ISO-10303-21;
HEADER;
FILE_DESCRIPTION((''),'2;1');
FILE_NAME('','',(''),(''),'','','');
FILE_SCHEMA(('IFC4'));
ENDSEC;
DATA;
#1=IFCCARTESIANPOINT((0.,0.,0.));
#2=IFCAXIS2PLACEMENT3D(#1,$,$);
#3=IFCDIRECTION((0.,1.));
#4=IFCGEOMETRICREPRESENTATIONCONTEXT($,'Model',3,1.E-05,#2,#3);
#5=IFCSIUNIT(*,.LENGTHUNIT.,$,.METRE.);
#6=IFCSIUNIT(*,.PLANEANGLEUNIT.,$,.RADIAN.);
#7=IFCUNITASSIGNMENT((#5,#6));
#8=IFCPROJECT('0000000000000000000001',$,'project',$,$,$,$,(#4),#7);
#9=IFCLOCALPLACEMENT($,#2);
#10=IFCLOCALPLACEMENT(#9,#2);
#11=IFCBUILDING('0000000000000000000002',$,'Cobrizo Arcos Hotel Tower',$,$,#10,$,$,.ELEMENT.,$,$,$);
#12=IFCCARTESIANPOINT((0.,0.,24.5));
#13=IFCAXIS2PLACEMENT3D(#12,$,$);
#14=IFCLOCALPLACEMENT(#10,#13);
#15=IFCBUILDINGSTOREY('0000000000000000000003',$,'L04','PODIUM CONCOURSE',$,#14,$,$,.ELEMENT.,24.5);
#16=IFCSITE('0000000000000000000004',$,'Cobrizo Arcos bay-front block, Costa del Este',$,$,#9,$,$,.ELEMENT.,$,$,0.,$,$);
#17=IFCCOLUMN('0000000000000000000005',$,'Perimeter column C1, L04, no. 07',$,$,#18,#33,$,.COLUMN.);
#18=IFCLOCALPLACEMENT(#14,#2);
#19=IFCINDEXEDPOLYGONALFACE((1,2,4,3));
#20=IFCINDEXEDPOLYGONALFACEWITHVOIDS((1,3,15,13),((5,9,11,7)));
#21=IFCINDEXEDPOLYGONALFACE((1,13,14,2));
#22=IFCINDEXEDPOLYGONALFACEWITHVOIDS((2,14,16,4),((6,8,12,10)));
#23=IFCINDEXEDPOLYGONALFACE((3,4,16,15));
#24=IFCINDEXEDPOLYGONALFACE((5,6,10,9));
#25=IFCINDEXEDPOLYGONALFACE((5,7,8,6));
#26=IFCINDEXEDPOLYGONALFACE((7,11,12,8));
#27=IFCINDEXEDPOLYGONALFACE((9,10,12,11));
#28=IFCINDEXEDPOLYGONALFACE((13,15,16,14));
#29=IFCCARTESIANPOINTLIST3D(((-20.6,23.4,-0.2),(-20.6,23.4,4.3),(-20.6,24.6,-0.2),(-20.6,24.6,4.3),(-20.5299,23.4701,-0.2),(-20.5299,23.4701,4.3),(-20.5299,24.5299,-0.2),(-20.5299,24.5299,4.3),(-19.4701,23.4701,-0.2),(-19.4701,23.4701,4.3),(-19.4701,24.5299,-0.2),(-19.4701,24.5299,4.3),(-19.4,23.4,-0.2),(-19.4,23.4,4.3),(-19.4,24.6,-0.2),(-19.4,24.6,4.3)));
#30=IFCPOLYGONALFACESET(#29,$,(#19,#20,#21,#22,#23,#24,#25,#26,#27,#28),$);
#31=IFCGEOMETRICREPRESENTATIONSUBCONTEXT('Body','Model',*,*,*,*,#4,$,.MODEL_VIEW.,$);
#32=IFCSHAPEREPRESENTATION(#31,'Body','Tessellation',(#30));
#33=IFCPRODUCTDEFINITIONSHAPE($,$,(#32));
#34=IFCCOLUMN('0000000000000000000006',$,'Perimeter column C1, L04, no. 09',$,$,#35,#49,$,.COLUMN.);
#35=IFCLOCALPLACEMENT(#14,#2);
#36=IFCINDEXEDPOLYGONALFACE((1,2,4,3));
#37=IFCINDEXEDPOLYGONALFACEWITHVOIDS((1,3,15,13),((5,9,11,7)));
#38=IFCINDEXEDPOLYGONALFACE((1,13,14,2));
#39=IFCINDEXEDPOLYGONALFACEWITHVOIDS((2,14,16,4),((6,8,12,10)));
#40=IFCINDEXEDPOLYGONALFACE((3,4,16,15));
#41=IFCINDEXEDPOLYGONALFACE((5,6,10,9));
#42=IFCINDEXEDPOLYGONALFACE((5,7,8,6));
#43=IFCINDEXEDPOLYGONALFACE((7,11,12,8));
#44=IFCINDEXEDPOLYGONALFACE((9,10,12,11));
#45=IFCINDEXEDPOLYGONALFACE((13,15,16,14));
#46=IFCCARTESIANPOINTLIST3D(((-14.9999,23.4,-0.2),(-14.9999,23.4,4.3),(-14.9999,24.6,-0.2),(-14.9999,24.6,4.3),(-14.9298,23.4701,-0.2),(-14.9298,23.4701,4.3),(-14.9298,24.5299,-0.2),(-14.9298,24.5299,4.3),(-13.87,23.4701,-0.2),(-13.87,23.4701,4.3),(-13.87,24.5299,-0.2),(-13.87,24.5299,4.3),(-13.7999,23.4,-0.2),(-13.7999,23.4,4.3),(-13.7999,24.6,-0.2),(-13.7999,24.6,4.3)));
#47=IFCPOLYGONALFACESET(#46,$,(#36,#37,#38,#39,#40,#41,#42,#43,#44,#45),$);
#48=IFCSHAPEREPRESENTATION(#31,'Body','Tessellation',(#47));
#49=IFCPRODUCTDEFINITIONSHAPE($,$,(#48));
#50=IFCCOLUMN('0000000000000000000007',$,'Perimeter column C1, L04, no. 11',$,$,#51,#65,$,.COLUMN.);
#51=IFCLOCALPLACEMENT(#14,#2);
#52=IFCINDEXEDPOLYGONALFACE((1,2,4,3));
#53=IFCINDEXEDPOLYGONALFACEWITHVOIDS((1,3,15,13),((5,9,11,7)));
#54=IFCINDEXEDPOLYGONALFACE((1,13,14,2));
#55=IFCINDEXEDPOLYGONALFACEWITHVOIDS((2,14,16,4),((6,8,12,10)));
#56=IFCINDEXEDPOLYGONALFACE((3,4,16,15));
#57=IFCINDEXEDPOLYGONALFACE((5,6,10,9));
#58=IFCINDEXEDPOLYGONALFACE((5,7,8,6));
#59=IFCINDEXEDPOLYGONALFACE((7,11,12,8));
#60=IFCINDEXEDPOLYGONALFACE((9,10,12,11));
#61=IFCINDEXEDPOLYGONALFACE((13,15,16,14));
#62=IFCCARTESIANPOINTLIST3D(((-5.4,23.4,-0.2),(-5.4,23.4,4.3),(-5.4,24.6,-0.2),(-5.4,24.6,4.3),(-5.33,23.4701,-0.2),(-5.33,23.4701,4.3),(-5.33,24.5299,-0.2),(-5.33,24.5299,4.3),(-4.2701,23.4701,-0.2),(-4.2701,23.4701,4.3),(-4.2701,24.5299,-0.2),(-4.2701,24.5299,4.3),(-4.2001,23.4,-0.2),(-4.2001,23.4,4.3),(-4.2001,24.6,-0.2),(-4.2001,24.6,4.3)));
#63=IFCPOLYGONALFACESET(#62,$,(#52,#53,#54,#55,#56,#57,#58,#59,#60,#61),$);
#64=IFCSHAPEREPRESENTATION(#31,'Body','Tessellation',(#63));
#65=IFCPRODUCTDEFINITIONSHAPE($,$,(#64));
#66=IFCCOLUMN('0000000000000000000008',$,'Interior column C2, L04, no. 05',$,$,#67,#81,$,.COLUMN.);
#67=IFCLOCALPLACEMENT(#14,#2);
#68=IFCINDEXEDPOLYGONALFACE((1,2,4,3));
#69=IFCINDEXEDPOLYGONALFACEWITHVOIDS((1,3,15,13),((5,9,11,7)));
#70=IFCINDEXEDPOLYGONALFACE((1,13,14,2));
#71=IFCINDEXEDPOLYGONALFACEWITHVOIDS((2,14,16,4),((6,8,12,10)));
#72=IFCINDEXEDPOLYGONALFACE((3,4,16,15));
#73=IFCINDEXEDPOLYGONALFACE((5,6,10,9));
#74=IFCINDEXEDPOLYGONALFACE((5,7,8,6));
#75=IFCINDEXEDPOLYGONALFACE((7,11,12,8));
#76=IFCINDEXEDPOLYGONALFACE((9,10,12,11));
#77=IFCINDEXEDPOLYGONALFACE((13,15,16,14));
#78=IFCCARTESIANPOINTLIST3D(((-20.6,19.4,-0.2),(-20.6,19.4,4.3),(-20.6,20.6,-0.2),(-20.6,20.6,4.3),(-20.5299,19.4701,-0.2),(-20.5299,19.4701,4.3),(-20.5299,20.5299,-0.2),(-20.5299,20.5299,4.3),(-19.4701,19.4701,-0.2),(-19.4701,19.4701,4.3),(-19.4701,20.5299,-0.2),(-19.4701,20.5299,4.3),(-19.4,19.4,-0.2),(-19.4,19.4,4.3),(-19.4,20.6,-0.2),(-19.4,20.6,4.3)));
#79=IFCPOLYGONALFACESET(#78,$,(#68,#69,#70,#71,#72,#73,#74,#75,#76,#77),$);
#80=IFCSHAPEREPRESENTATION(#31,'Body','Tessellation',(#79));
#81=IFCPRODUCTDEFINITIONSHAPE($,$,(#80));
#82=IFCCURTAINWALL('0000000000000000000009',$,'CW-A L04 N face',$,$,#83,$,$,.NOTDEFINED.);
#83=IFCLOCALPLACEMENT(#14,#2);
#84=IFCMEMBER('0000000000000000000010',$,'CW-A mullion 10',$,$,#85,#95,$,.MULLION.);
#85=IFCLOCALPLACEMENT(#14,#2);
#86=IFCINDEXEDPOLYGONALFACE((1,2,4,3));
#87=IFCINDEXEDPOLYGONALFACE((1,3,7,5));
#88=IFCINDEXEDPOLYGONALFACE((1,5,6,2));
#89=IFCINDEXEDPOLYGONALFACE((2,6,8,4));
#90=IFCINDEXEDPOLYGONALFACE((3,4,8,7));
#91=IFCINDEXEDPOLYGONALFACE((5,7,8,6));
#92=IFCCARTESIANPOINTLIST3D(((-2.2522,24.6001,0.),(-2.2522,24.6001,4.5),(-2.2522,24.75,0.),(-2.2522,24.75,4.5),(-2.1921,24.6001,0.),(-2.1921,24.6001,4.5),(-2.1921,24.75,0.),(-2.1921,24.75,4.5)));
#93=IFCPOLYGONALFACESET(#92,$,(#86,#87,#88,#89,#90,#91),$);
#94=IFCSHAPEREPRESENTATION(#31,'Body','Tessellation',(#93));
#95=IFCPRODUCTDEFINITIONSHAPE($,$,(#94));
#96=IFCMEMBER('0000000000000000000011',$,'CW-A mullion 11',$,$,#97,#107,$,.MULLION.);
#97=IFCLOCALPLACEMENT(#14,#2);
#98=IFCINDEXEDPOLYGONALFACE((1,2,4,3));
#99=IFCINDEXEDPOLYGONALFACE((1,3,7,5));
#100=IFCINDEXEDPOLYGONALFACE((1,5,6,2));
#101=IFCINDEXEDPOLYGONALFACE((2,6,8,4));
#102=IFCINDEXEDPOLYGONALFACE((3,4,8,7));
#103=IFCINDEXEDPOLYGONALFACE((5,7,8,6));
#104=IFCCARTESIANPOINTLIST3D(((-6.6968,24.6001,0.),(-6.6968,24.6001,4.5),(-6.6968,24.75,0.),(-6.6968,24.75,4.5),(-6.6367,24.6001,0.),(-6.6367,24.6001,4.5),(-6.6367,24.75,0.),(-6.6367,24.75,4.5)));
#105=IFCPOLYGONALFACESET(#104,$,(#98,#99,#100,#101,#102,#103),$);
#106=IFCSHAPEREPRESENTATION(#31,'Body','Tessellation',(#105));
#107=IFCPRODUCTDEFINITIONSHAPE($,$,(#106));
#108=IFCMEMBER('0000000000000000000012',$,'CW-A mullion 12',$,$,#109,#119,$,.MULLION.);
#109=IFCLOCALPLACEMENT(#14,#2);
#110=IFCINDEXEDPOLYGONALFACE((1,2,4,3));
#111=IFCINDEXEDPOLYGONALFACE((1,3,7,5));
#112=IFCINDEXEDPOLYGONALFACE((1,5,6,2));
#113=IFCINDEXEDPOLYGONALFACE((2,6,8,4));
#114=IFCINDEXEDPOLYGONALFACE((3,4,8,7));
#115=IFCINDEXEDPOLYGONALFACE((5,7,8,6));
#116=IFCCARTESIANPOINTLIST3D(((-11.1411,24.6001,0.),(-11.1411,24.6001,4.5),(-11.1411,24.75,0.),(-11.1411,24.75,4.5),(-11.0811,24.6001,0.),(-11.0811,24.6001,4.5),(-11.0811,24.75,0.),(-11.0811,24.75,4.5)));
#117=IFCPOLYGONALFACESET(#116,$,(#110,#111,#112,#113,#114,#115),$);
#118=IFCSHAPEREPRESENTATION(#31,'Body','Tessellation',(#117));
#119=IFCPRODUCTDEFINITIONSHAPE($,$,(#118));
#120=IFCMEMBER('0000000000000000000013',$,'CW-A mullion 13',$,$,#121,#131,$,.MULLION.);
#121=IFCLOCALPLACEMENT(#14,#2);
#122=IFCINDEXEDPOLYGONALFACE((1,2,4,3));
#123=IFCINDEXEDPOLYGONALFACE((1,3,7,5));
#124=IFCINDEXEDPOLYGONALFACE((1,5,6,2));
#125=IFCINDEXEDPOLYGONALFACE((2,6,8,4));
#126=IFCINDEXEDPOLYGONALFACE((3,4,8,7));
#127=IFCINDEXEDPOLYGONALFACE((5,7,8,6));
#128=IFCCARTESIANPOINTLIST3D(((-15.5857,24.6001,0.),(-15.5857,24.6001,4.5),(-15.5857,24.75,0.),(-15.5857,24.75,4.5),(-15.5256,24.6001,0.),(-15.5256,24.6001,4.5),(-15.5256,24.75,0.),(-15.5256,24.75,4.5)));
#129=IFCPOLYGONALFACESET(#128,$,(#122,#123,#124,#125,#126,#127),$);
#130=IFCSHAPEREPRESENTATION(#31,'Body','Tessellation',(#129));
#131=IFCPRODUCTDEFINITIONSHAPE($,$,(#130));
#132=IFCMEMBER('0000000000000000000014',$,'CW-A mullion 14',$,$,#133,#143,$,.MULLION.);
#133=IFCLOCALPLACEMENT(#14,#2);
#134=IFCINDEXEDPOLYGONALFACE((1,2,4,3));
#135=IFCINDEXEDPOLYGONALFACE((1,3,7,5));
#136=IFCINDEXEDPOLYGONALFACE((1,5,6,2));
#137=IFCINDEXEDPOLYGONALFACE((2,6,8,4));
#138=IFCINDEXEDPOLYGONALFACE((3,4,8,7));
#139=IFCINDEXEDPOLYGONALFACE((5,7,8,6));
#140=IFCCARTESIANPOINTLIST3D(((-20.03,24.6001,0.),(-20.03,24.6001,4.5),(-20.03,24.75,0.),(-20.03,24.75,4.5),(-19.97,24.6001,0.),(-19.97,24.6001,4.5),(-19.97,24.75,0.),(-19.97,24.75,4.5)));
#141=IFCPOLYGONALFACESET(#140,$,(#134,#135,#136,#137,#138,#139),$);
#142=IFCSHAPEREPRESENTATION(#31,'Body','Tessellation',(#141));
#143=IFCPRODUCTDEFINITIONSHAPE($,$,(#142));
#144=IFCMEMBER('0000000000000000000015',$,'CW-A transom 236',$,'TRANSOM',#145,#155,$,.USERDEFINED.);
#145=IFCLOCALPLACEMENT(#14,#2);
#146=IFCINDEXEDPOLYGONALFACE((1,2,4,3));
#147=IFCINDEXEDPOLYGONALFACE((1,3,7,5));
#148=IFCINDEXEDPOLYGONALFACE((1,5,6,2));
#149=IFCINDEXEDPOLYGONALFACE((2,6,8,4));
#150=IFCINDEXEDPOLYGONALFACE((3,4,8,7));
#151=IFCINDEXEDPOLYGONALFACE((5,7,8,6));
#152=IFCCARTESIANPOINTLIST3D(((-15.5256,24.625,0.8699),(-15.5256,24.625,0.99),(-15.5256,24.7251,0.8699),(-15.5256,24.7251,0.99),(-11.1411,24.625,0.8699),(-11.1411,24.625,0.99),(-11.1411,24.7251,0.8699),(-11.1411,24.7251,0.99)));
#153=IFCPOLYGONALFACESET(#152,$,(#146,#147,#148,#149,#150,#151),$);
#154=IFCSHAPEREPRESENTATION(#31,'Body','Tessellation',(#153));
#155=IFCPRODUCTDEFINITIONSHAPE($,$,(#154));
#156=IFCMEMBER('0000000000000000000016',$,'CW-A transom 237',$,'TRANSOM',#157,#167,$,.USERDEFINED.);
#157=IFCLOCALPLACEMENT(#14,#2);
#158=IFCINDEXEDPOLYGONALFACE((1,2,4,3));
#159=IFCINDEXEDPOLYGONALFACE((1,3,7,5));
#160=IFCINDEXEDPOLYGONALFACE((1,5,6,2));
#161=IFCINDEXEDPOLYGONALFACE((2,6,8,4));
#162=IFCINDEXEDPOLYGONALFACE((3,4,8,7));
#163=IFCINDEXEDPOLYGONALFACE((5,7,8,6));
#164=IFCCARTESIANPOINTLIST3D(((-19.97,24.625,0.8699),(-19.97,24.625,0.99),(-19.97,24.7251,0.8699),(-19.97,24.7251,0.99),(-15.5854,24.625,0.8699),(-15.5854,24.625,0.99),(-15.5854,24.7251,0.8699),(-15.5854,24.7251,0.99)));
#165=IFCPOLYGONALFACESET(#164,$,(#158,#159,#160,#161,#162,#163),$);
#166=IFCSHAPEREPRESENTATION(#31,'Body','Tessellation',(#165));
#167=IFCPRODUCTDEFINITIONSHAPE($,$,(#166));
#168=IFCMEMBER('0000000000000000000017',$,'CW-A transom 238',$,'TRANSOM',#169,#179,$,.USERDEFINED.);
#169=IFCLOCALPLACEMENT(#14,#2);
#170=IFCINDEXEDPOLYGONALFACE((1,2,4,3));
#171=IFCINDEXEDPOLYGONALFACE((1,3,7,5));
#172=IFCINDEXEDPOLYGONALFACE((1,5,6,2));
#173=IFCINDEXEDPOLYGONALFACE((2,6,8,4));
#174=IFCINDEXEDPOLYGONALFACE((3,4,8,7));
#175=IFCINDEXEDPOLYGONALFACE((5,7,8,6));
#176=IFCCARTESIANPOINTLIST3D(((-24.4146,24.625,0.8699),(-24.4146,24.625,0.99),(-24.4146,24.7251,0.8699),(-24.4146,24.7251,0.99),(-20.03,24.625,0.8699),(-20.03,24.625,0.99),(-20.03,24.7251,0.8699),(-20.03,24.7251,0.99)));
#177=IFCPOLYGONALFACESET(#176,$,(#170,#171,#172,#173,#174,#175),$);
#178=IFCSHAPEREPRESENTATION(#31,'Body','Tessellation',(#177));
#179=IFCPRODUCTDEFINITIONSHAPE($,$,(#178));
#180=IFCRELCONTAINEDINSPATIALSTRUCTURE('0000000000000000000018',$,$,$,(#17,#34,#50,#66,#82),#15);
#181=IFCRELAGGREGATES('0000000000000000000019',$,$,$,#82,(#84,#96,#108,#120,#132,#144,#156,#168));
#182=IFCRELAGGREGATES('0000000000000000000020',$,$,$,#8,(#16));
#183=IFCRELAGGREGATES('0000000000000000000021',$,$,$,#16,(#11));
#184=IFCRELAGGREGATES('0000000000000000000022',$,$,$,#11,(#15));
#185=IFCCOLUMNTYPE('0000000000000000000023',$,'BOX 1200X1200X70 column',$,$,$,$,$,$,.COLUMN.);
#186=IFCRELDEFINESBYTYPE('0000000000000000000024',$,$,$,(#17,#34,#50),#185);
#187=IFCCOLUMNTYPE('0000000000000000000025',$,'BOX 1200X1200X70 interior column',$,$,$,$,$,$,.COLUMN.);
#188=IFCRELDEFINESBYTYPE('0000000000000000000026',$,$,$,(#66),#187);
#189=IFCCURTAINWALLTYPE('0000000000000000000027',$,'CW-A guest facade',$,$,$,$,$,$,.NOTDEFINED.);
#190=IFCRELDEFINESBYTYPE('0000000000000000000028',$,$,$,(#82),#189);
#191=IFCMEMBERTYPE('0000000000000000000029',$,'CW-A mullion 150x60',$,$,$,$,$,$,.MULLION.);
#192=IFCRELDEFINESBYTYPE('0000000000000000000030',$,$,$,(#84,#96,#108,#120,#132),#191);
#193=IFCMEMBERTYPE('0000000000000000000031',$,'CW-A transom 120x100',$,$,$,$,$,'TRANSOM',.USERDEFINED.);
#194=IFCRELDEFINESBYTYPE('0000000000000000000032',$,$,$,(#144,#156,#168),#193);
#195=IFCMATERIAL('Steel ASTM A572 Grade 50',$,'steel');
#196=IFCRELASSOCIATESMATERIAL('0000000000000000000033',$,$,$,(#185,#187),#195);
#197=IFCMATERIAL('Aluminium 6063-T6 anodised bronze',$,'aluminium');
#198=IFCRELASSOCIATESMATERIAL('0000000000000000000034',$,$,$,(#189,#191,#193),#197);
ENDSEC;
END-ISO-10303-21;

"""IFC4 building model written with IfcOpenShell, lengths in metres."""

from ifc_helpers import new_model, si_unit, direction, frame, origin, origin_2d, place, context, subcontext, project, spatial, rectangle, hollow_rectangle, extrude, material, material_profile, profile_set, type_object, element, aggregate, save


model = new_model("IFC4")

# Units and contexts
model_context = context("Model", 3, precision=1e-05, world=origin(), true_north=direction((0.0, 1.0)))
body_context = subcontext(model_context, "Body", "Model", "MODEL_VIEW")
ifc_project = project(units=[si_unit("LENGTHUNIT", "METRE"), si_unit("PLANEANGLEUNIT", "RADIAN")], contexts=[model_context])

# Site, building, storey
site_placement = place(None, origin())
site = spatial("IfcSite", under=ifc_project, at=site_placement, Name="Cobrizo Arcos bay-front block, Costa del Este", CompositionType="ELEMENT", RefElevation=0.0)
building_placement = place(site_placement, origin())
building = spatial("IfcBuilding", under=site, at=building_placement, Name="Cobrizo Arcos Hotel Tower", CompositionType="ELEMENT")
storey_placement = place(building_placement, frame((0.0, 0.0, 24.5)))
storey = spatial("IfcBuildingStorey", under=building, at=storey_placement, Name="L04", Description="PODIUM CONCOURSE", CompositionType="ELEMENT", Elevation=24.5)

# Columns
ifc_material_1 = material(Name="Steel ASTM A572 Grade 50", Category="steel")
ifc_material_profile_1 = material_profile(ifc_material_1, hollow_rectangle(XDim=1.2, YDim=1.2, WallThickness=0.0701, at=origin_2d()), Name="BOX 1200X1200X70")
ifc_profile_set_1 = profile_set([ifc_material_profile_1], Name="Steel ASTM A572 Grade 50")
column_type_1 = type_object("IfcColumnType", Name="BOX 1200X1200X70 column", PredefinedType="COLUMN", material=ifc_profile_set_1)
for number, where, z_axis, x_axis, name in (
    (1, (-20.0, 24.0, -0.2), (0.0, 0.0, 1.0), (1.0, 0.0, 0.0), "Perimeter column C1, L04, no. 07"),
    (2, (-14.3999, 24.0, -0.2), (0.0, 0.0, 1.0), (1.0, 0.0, 0.0), "Perimeter column C1, L04, no. 09"),
    (3, (-4.8, 24.0, -0.2), (0.0, 0.0, 1.0), (1.0, 0.0, 0.0), "Perimeter column C1, L04, no. 11"),
):
    element("IfcColumn", number, at=place(storey_placement, frame(where, z_axis=z_axis, x_axis=x_axis)), inside=storey, type_object=column_type_1, Name=name, PredefinedType="COLUMN", context=body_context, shape_type="SweptSolid", body=[
        extrude(hollow_rectangle(XDim=1.2, YDim=1.2, WallThickness=0.0701, at=origin_2d()), origin(), (0.0, 0.0, 1.0), 4.5),
    ])
ifc_material_profile_2 = material_profile(ifc_material_1, hollow_rectangle(XDim=1.2, YDim=1.2, WallThickness=0.0701, at=origin_2d()), Name="BOX 1200X1200X70")
ifc_profile_set_2 = profile_set([ifc_material_profile_2], Name="Steel ASTM A572 Grade 50")
column_type_2 = type_object("IfcColumnType", Name="BOX 1200X1200X70 interior column", PredefinedType="COLUMN", material=ifc_profile_set_2)
column_placement = place(storey_placement, frame((-20.0, 20.0, -0.2), z_axis=(0.0, 0.0, 1.0), x_axis=(1.0, 0.0, 0.0)))
element("IfcColumn", 4, at=column_placement, inside=storey, type_object=column_type_2, Name="Interior column C2, L04, no. 05", PredefinedType="COLUMN", context=body_context, shape_type="SweptSolid", body=[
    extrude(hollow_rectangle(XDim=1.2, YDim=1.2, WallThickness=0.0701, at=origin_2d()), origin(), (0.0, 0.0, 1.0), 4.5),
])

# Curtain wall, members
ifc_material_2 = material(Name="Aluminium 6063-T6 anodised bronze", Category="aluminium")
curtain_wall_type = type_object("IfcCurtainWallType", Name="CW-A guest facade", PredefinedType="NOTDEFINED", material=ifc_material_2)
curtain_wall_placement = place(storey_placement, origin())
curtain_wall = element("IfcCurtainWall", 5, at=curtain_wall_placement, inside=storey, type_object=curtain_wall_type, Name="CW-A L04 N face", PredefinedType="NOTDEFINED")
ifc_material_profile_3 = material_profile(ifc_material_2, rectangle(XDim=0.1499, YDim=0.0601, at=origin_2d()), Name="CW-A mullion 150x60")
ifc_profile_set_3 = profile_set([ifc_material_profile_3], Name="Aluminium 6063-T6 anodised bronze")
member_type_1 = type_object("IfcMemberType", Name="CW-A mullion 150x60", PredefinedType="MULLION", material=ifc_profile_set_3)
member_1_placement = place(storey_placement, frame((-2.2222, 24.675, 0.0), z_axis=(0.0, 0.0, 1.0), x_axis=(0.0, 1.0, 0.0)))
member_1 = element("IfcMember", 6, at=member_1_placement, type_object=member_type_1, Name="CW-A mullion 10", PredefinedType="MULLION", context=body_context, shape_type="SweptSolid", body=[
    extrude(rectangle(XDim=0.1499, YDim=0.0601, at=origin_2d()), origin(), (0.0, 0.0, 1.0), 4.5),
])
member_2_placement = place(storey_placement, frame((-6.6667, 24.675, 0.0), z_axis=(0.0, 0.0, 1.0), x_axis=(0.0, 1.0, 0.0)))
member_2 = element("IfcMember", 7, at=member_2_placement, type_object=member_type_1, Name="CW-A mullion 11", PredefinedType="MULLION", context=body_context, shape_type="SweptSolid", body=[
    extrude(rectangle(XDim=0.1499, YDim=0.0601, at=origin_2d()), origin(), (0.0, 0.0, 1.0), 4.5),
])
member_3_placement = place(storey_placement, frame((-11.1111, 24.675, 0.0), z_axis=(0.0, 0.0, 1.0), x_axis=(0.0, 1.0, 0.0)))
member_3 = element("IfcMember", 8, at=member_3_placement, type_object=member_type_1, Name="CW-A mullion 12", PredefinedType="MULLION", context=body_context, shape_type="SweptSolid", body=[
    extrude(rectangle(XDim=0.1499, YDim=0.0601, at=origin_2d()), origin(), (0.0, 0.0, 1.0), 4.5),
])
member_4_placement = place(storey_placement, frame((-15.5557, 24.675, 0.0), z_axis=(0.0, 0.0, 1.0), x_axis=(0.0, 1.0, 0.0)))
member_4 = element("IfcMember", 9, at=member_4_placement, type_object=member_type_1, Name="CW-A mullion 13", PredefinedType="MULLION", context=body_context, shape_type="SweptSolid", body=[
    extrude(rectangle(XDim=0.1499, YDim=0.0601, at=origin_2d()), origin(), (0.0, 0.0, 1.0), 4.5),
])
member_5_placement = place(storey_placement, frame((-20.0, 24.675, 0.0), z_axis=(0.0, 0.0, 1.0), x_axis=(0.0, 1.0, 0.0)))
member_5 = element("IfcMember", 10, at=member_5_placement, type_object=member_type_1, Name="CW-A mullion 14", PredefinedType="MULLION", context=body_context, shape_type="SweptSolid", body=[
    extrude(rectangle(XDim=0.1499, YDim=0.0601, at=origin_2d()), origin(), (0.0, 0.0, 1.0), 4.5),
])
ifc_material_profile_4 = material_profile(ifc_material_2, rectangle(XDim=0.1001, YDim=0.1201, at=origin_2d()), Name="CW-A transom 120x100")
ifc_profile_set_4 = profile_set([ifc_material_profile_4], Name="Aluminium 6063-T6 anodised bronze")
member_type_2 = type_object("IfcMemberType", Name="CW-A transom 120x100", ElementType="TRANSOM", PredefinedType="USERDEFINED", material=ifc_profile_set_4)
member_6_placement = place(storey_placement, frame((-11.1411, 24.675, 0.9299), z_axis=(-1.0, 0.0, 0.0), x_axis=(0.0, -1.0, 0.0)))
member_6 = element("IfcMember", 11, at=member_6_placement, type_object=member_type_2, Name="CW-A transom 236", ObjectType="TRANSOM", PredefinedType="USERDEFINED", context=body_context, shape_type="SweptSolid", body=[
    extrude(rectangle(XDim=0.1001, YDim=0.1201, at=origin_2d()), origin(), (0.0, 0.0, 1.0), 4.3845),
])
member_7_placement = place(storey_placement, frame((-15.5854, 24.675, 0.9299), z_axis=(-1.0, 0.0, 0.0), x_axis=(0.0, -1.0, 0.0)))
member_7 = element("IfcMember", 12, at=member_7_placement, type_object=member_type_2, Name="CW-A transom 237", ObjectType="TRANSOM", PredefinedType="USERDEFINED", context=body_context, shape_type="SweptSolid", body=[
    extrude(rectangle(XDim=0.1001, YDim=0.1201, at=origin_2d()), origin(), (0.0, 0.0, 1.0), 4.3845),
])
member_8_placement = place(storey_placement, frame((-20.03, 24.675, 0.9299), z_axis=(-1.0, 0.0, 0.0), x_axis=(0.0, -1.0, 0.0)))
member_8 = element("IfcMember", 13, at=member_8_placement, type_object=member_type_2, Name="CW-A transom 238", ObjectType="TRANSOM", PredefinedType="USERDEFINED", context=body_context, shape_type="SweptSolid", body=[
    extrude(rectangle(XDim=0.1001, YDim=0.1201, at=origin_2d()), origin(), (0.0, 0.0, 1.0), 4.3845),
])

aggregate(curtain_wall, [member_1, member_2, member_3, member_4, member_5, member_6, member_7, member_8])

save(model, "model.ifc")
